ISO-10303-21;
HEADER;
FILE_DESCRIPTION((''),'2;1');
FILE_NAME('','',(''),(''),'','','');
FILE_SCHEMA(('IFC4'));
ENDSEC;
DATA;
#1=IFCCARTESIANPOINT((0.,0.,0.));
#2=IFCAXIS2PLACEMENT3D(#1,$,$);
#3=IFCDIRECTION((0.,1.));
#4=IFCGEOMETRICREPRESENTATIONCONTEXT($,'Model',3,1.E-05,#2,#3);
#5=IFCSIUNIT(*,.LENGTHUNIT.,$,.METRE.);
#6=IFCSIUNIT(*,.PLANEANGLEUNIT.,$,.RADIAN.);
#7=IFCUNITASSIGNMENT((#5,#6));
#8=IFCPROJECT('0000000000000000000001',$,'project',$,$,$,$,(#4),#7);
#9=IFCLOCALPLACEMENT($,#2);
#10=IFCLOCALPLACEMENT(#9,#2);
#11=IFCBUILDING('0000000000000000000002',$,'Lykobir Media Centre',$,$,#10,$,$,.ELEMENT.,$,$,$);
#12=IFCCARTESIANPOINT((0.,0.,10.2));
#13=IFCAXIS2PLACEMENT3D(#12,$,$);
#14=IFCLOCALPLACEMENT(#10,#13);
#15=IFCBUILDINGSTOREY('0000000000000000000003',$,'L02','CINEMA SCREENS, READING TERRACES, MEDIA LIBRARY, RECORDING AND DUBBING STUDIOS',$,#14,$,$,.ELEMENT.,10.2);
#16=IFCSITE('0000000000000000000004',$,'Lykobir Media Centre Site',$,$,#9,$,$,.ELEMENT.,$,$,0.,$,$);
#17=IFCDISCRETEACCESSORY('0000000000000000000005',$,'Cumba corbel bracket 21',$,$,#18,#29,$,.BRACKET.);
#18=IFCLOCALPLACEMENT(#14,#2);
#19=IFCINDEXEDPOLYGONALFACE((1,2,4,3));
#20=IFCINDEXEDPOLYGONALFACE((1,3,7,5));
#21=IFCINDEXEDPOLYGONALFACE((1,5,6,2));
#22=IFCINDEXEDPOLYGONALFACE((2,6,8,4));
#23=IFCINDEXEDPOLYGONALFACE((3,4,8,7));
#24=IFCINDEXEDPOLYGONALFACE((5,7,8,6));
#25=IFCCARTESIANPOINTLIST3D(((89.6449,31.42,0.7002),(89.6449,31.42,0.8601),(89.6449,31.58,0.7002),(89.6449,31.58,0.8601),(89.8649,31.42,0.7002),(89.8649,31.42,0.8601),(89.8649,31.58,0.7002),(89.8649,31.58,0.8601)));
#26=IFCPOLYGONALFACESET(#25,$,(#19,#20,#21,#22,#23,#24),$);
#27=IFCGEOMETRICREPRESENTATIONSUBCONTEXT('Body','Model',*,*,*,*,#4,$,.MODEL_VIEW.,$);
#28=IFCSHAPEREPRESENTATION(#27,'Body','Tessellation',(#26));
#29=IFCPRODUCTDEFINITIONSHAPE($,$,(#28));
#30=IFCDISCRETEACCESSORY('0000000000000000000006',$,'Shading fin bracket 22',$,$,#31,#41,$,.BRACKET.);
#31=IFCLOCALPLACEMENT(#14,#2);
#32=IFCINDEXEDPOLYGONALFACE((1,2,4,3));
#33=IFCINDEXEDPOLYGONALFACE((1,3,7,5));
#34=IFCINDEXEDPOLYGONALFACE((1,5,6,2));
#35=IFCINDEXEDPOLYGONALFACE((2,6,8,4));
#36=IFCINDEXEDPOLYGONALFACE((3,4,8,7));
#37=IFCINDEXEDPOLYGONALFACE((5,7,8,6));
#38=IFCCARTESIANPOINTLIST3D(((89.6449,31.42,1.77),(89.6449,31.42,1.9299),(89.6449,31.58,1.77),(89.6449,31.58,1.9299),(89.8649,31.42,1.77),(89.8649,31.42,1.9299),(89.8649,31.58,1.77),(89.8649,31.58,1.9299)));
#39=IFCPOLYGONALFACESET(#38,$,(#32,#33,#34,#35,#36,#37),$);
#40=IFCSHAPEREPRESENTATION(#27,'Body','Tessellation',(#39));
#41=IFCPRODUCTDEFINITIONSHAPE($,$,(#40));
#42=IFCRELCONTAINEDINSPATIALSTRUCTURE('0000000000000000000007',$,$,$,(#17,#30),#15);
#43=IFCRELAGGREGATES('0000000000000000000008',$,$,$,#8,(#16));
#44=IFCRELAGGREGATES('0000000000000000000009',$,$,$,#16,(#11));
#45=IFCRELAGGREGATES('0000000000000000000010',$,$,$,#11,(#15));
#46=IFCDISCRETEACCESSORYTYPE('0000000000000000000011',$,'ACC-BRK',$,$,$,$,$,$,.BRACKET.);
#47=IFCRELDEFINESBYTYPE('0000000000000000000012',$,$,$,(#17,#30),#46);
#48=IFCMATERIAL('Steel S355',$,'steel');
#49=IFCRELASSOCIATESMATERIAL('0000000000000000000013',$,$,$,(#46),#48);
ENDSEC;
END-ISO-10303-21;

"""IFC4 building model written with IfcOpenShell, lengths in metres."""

from ifc_helpers import new_model, si_unit, direction, frame, origin, origin_2d, place, context, subcontext, project, spatial, rectangle, extrude, material, type_object, element, save


model = new_model("IFC4")

# Units and contexts
model_context = context("Model", 3, precision=1e-05, world=origin(), true_north=direction((0.0, 1.0)))
body_context = subcontext(model_context, "Body", "Model", "MODEL_VIEW")
ifc_project = project(units=[si_unit("LENGTHUNIT", "METRE"), si_unit("PLANEANGLEUNIT", "RADIAN")], contexts=[model_context])

# Site, building, storey
site_placement = place(None, origin())
site = spatial("IfcSite", under=ifc_project, at=site_placement, Name="Lykobir Media Centre Site", CompositionType="ELEMENT", RefElevation=0.0)
building_placement = place(site_placement, origin())
building = spatial("IfcBuilding", under=site, at=building_placement, Name="Lykobir Media Centre", CompositionType="ELEMENT")
storey_placement = place(building_placement, frame((0.0, 0.0, 10.2)))
storey = spatial("IfcBuildingStorey", under=building, at=storey_placement, Name="L02", Description="CINEMA SCREENS, READING TERRACES, MEDIA LIBRARY, RECORDING AND DUBBING STUDIOS", CompositionType="ELEMENT", Elevation=10.2)

# Shared definitions
ifc_material_1 = material(Name="Steel S355", Category="steel")

# Discrete accessories
discrete_accessory_type = type_object("IfcDiscreteAccessoryType", Name="ACC-BRK", PredefinedType="BRACKET", material=ifc_material_1)
for number, where, z_axis, x_axis, name in (
    (1, (89.7549, 31.5, 0.7002), (0.0, 0.0, 1.0), (0.0, -1.0, 0.0), "Cumba corbel bracket 21"),
    (2, (89.7549, 31.5, 1.77), (0.0, 0.0, 1.0), (0.0, -1.0, 0.0), "Shading fin bracket 22"),
):
    element("IfcDiscreteAccessory", number, at=place(storey_placement, frame(where, z_axis=z_axis, x_axis=x_axis)), inside=storey, type_object=discrete_accessory_type, Name=name, PredefinedType="BRACKET", context=body_context, shape_type="SweptSolid", body=[
        extrude(rectangle(XDim=0.1599, YDim=0.22, at=origin_2d()), origin(), (0.0, 0.0, 1.0), 0.1599),
    ])

save(model, "model.ifc")
